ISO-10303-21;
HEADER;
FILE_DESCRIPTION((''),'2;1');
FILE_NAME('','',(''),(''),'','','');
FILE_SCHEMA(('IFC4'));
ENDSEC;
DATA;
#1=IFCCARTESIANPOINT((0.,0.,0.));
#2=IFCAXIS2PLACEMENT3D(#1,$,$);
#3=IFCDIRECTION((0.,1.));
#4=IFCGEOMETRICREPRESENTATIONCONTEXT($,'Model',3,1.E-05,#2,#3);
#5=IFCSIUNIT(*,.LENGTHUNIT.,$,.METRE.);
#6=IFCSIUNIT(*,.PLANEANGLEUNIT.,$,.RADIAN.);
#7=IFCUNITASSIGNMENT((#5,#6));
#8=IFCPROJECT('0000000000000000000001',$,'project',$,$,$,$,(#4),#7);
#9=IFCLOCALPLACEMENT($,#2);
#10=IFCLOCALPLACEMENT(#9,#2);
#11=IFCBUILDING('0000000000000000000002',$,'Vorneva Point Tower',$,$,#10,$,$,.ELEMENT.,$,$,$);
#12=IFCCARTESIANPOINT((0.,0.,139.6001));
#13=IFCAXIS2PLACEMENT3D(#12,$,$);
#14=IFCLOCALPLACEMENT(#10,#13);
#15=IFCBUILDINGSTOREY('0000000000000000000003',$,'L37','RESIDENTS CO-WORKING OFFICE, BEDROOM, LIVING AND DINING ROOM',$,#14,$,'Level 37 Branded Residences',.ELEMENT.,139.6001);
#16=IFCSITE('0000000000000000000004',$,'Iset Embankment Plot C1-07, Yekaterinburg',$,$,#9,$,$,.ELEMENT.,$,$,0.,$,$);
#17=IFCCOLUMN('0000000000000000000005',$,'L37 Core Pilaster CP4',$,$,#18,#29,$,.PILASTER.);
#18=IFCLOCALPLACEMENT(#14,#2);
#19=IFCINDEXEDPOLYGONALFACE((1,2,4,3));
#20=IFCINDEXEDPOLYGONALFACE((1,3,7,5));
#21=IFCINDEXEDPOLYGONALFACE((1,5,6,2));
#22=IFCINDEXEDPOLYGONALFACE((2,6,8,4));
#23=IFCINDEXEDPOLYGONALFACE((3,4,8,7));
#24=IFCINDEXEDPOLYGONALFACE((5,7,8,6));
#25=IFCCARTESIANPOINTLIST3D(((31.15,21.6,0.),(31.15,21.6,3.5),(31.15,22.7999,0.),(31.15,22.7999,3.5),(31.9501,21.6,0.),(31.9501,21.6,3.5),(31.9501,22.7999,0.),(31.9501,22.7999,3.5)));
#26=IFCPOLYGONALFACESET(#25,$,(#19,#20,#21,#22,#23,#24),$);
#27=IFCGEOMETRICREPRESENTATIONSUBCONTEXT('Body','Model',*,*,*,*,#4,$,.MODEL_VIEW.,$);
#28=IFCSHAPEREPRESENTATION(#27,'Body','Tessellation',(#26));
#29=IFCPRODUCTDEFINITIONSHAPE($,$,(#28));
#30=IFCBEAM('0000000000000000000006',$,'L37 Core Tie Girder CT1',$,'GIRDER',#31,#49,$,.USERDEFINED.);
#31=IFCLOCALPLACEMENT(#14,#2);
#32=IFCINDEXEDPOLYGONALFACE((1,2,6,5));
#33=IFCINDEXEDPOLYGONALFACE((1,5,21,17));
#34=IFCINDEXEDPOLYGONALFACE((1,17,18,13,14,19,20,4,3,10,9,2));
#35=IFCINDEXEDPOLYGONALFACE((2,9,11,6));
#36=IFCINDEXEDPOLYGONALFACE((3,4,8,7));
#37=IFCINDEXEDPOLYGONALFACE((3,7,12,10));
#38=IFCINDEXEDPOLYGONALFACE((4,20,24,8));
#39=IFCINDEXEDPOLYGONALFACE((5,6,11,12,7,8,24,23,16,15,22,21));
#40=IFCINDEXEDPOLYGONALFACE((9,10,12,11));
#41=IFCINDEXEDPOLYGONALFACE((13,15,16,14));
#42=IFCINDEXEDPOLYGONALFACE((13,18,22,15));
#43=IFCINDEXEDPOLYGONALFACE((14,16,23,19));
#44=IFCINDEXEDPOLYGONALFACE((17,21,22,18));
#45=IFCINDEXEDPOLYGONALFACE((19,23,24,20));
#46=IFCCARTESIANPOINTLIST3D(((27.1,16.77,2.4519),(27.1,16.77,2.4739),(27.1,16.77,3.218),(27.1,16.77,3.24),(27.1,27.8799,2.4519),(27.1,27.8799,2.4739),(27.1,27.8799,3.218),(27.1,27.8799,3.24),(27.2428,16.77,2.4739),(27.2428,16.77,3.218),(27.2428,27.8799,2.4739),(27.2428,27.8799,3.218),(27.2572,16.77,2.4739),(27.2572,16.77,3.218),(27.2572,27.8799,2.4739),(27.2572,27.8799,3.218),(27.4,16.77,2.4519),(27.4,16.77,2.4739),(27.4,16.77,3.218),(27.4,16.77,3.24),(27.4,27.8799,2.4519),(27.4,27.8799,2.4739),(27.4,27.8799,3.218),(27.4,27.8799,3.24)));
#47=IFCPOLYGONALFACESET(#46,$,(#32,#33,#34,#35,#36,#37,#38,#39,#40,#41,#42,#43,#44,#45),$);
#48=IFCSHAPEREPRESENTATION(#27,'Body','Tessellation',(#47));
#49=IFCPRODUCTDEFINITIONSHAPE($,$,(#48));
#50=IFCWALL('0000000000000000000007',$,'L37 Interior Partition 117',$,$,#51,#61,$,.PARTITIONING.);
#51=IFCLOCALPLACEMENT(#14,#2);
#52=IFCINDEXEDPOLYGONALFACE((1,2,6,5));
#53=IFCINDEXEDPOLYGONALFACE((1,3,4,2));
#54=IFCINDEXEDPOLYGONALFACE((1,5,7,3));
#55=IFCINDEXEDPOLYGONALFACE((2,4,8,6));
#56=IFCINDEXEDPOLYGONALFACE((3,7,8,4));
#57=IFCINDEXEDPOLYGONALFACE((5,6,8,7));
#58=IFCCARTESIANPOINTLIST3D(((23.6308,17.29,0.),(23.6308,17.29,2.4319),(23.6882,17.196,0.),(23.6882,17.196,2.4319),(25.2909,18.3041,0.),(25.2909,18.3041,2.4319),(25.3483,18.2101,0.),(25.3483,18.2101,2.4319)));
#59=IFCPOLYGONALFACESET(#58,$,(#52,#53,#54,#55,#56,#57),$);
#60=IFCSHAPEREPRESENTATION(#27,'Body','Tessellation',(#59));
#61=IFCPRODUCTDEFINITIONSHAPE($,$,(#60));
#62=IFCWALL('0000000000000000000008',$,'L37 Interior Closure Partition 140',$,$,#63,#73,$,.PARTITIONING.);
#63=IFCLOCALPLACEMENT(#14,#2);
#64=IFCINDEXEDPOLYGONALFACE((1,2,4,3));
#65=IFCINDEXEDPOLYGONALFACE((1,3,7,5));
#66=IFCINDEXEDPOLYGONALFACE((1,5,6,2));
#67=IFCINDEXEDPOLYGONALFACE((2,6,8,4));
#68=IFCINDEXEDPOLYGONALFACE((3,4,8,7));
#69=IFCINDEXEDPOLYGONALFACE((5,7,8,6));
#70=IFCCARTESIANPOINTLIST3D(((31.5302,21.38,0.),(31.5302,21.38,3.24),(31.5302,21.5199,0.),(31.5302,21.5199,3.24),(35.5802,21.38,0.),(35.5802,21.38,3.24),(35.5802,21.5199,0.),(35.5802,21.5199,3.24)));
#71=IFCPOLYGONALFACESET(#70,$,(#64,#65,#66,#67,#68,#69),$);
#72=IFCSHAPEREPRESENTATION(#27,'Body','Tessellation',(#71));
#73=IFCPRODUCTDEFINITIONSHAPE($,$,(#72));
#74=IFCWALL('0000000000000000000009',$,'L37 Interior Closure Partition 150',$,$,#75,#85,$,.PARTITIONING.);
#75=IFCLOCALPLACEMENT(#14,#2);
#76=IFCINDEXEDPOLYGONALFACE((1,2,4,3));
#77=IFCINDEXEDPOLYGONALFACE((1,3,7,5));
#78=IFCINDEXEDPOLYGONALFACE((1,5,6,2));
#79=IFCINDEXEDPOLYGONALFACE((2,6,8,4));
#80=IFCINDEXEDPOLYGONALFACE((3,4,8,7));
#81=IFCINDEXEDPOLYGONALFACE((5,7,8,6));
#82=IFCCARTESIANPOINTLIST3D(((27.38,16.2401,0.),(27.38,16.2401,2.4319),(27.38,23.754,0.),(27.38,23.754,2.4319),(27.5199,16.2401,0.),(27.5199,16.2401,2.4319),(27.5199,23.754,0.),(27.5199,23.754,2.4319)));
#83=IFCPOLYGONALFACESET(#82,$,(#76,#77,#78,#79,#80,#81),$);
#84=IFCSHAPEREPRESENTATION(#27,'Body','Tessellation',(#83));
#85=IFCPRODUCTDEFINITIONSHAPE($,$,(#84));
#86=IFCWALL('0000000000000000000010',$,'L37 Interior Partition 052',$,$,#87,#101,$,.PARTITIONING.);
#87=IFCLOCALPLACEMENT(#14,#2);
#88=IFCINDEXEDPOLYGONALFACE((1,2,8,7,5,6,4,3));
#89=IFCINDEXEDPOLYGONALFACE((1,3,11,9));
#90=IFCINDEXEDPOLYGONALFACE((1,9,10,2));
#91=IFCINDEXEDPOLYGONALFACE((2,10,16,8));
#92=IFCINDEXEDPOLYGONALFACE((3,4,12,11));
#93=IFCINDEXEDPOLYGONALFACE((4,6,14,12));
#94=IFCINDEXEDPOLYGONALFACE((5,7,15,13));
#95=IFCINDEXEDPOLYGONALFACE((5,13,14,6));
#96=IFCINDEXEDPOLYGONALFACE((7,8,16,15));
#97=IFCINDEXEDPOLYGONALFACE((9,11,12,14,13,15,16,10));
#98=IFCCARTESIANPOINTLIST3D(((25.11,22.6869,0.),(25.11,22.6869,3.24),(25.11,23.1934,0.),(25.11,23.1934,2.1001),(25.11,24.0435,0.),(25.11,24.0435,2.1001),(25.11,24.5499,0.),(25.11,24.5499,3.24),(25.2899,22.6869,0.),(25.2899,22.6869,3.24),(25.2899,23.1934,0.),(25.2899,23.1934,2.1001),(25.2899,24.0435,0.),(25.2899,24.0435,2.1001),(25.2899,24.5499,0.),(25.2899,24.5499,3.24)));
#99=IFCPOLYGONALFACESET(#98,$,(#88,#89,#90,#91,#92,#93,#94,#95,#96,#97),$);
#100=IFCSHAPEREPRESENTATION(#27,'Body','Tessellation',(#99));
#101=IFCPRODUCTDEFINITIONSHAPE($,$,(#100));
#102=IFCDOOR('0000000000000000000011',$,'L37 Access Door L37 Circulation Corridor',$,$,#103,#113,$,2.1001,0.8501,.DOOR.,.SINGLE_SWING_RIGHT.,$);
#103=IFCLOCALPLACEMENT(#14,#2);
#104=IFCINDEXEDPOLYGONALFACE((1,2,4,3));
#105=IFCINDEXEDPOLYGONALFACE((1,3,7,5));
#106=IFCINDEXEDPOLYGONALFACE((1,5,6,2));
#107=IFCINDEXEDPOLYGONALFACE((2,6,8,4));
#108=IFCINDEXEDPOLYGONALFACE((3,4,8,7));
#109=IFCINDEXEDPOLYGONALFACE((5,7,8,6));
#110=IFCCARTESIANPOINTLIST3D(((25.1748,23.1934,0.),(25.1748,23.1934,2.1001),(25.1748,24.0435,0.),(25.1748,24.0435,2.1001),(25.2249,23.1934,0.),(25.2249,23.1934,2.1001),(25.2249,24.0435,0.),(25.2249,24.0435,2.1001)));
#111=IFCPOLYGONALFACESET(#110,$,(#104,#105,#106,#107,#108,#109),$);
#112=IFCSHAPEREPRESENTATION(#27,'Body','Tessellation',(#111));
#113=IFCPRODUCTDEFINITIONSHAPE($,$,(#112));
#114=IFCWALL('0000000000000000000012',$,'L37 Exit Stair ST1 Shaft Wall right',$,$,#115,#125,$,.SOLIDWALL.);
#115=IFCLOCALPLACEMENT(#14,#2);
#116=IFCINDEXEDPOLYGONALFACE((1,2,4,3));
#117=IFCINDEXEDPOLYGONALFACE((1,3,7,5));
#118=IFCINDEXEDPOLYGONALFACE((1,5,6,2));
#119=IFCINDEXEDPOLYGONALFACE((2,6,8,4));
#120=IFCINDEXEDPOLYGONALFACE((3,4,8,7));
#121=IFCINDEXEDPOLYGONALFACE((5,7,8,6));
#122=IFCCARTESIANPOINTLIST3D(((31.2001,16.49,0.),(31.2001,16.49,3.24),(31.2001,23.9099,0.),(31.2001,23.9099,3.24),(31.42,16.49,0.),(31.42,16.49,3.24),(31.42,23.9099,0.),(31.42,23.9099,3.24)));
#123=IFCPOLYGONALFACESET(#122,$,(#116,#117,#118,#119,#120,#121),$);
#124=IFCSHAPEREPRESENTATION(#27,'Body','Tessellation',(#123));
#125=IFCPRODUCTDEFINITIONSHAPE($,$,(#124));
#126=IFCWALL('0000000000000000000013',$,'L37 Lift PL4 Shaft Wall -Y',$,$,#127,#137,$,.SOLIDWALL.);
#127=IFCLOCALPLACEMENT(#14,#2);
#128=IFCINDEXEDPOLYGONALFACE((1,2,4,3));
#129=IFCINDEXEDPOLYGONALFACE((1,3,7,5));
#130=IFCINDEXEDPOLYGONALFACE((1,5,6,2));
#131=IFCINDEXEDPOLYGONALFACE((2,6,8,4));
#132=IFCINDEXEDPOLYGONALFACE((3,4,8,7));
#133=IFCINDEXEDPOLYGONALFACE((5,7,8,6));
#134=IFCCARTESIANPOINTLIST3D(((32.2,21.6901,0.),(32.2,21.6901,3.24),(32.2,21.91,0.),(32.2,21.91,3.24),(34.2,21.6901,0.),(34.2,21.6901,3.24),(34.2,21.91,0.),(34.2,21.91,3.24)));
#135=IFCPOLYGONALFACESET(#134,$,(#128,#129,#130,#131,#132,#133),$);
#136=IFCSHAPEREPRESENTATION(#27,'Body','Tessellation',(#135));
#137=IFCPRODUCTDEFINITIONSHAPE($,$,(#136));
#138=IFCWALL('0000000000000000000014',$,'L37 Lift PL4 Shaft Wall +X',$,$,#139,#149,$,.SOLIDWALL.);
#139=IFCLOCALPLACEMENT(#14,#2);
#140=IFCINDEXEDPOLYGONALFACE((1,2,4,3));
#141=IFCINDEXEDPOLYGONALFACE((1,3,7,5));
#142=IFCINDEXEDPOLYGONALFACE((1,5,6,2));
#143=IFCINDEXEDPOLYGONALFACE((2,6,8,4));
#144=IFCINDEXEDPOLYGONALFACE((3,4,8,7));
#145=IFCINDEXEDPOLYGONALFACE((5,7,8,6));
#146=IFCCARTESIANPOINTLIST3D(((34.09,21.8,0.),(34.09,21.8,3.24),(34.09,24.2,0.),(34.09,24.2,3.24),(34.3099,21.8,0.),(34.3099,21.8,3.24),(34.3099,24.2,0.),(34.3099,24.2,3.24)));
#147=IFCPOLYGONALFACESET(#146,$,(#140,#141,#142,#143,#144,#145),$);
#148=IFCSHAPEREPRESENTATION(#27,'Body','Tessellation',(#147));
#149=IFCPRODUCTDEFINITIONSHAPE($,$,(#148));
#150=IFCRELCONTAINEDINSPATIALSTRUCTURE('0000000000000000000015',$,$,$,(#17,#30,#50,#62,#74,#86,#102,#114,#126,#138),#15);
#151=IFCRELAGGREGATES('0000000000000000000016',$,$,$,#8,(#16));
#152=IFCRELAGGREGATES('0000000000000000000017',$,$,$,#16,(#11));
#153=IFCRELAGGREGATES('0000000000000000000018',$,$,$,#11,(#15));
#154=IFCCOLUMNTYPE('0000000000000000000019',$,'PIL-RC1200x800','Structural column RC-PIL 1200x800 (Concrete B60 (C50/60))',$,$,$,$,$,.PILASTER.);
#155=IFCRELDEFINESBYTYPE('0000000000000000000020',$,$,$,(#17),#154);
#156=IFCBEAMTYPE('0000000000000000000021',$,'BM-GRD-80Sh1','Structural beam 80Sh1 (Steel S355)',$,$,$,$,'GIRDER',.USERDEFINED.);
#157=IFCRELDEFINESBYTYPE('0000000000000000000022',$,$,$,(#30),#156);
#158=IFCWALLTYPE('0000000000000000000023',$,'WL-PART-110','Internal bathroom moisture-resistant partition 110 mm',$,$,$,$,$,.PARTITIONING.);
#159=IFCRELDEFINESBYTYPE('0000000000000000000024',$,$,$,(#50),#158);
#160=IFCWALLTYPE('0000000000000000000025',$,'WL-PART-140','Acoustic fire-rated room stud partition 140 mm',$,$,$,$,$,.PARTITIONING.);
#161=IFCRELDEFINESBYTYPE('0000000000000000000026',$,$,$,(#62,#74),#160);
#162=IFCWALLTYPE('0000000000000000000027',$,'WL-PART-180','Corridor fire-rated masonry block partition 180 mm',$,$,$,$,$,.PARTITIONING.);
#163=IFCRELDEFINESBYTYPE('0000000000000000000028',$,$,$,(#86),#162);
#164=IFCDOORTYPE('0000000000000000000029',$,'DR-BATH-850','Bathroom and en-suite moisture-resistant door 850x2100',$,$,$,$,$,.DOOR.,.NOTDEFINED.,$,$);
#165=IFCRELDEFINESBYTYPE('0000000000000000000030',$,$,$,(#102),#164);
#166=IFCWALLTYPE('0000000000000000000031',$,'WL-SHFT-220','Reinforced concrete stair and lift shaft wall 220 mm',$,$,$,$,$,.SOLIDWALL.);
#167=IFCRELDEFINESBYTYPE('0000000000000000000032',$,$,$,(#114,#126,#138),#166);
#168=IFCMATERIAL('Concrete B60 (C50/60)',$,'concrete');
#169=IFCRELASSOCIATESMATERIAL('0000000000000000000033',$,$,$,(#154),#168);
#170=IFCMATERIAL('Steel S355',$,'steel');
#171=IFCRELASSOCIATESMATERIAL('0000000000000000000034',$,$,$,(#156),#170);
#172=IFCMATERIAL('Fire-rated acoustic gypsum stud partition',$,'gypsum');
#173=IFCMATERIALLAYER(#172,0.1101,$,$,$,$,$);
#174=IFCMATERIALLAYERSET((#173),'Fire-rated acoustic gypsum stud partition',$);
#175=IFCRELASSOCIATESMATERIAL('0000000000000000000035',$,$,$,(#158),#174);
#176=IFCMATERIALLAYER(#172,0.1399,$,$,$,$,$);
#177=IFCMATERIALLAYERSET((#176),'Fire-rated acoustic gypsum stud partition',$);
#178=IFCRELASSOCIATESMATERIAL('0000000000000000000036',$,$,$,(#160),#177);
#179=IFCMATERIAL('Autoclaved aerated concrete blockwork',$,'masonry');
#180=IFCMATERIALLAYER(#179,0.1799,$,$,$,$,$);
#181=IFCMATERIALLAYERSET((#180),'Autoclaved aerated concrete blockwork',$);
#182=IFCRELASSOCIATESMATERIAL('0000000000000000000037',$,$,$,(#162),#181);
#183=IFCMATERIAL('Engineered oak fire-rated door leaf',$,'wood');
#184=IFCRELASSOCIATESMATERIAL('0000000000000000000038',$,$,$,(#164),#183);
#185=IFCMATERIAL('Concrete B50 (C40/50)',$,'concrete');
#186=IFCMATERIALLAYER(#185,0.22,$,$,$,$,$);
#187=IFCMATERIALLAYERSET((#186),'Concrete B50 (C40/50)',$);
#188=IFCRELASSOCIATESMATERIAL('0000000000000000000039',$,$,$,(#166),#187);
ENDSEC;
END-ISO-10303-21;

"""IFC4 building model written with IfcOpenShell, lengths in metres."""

from ifc_helpers import new_model, si_unit, direction, frame, frame_2d, origin, origin_2d, place, context, subcontext, project, spatial, rectangle, i_section, extrude, material, layer, layer_set, material_profile, profile_set, type_object, element, fill, save


model = new_model("IFC4")

# Units and contexts
model_context = context("Model", 3, precision=1e-05, world=origin(), true_north=direction((0.0, 1.0)))
body_context = subcontext(model_context, "Body", "Model", "MODEL_VIEW")
ifc_project = project(units=[si_unit("LENGTHUNIT", "METRE"), si_unit("PLANEANGLEUNIT", "RADIAN")], contexts=[model_context])

# Site, building, storey
site_placement = place(None, origin())
site = spatial("IfcSite", under=ifc_project, at=site_placement, Name="Iset Embankment Plot C1-07, Yekaterinburg", CompositionType="ELEMENT", RefElevation=0.0)
building_placement = place(site_placement, origin())
building = spatial("IfcBuilding", under=site, at=building_placement, Name="Vorneva Point Tower", CompositionType="ELEMENT")
storey_placement = place(building_placement, frame((0.0, 0.0, 139.6001)))
storey = spatial("IfcBuildingStorey", under=building, at=storey_placement, Name="L37", Description="RESIDENTS CO-WORKING OFFICE, BEDROOM, LIVING AND DINING ROOM", LongName="Level 37 Branded Residences", CompositionType="ELEMENT", Elevation=139.6001)

# Column
ifc_material_1 = material(Name="Concrete B60 (C50/60)", Category="concrete")
ifc_material_profile_1 = material_profile(ifc_material_1, rectangle(XDim=0.8, YDim=1.2, at=origin_2d()), Name="RC-PIL 1200x800")
ifc_profile_set_1 = profile_set([ifc_material_profile_1], Name="Concrete B60 (C50/60)")
column_type = type_object("IfcColumnType", Name="PIL-RC1200x800", Description="Structural column RC-PIL 1200x800 (Concrete B60 (C50/60))", PredefinedType="PILASTER", material=ifc_profile_set_1)
column_placement = place(storey_placement, frame((31.55, 22.2, 0.0), z_axis=(0.0, 0.0, 1.0), x_axis=(1.0, 0.0, 0.0)))
element("IfcColumn", 1, at=column_placement, inside=storey, type_object=column_type, Name="L37 Core Pilaster CP4", PredefinedType="PILASTER", context=body_context, shape_type="SweptSolid", body=[
    extrude(rectangle(XDim=0.8, YDim=1.2, at=origin_2d()), origin(), (0.0, 0.0, 1.0), 3.5),
])

# Beam
ifc_material_2 = material(Name="Steel S355", Category="steel")
ifc_material_profile_2 = material_profile(ifc_material_2, i_section(OverallWidth=0.3, OverallDepth=0.7881, WebThickness=0.0144, FlangeThickness=0.022, at=origin_2d()), Name="80Sh1")
ifc_profile_set_2 = profile_set([ifc_material_profile_2], Name="Steel S355")
beam_type = type_object("IfcBeamType", Name="BM-GRD-80Sh1", Description="Structural beam 80Sh1 (Steel S355)", ElementType="GIRDER", PredefinedType="USERDEFINED", material=ifc_profile_set_2)
beam_placement = place(storey_placement, frame((27.25, 16.77, 2.8459), z_axis=(0.0, 1.0, 0.0), x_axis=(-1.0, 0.0, 0.0)))
element("IfcBeam", 2, at=beam_placement, inside=storey, type_object=beam_type, Name="L37 Core Tie Girder CT1", ObjectType="GIRDER", PredefinedType="USERDEFINED", context=body_context, shape_type="SweptSolid", body=[
    extrude(i_section(OverallWidth=0.3, OverallDepth=0.7881, WebThickness=0.0144, FlangeThickness=0.022, at=origin_2d()), origin(), (0.0, 0.0, 1.0), 11.1099),
])

# Walls
ifc_material_3 = material(Name="Fire-rated acoustic gypsum stud partition", Category="gypsum")
ifc_layer_1 = layer(ifc_material_3, 0.1101)
ifc_layer_set_1 = layer_set([ifc_layer_1], Name="Fire-rated acoustic gypsum stud partition")
wall_type_1 = type_object("IfcWallType", Name="WL-PART-110", Description="Internal bathroom moisture-resistant partition 110 mm", PredefinedType="PARTITIONING", material=ifc_layer_set_1)
wall_1_placement = place(storey_placement, frame((25.3196, 18.2571, 0.0), z_axis=(0.0, 0.0, 1.0), x_axis=(-0.853369, -0.521308, 0.0)))
element("IfcWall", 3, at=wall_1_placement, inside=storey, type_object=wall_type_1, Name="L37 Interior Partition 117", PredefinedType="PARTITIONING", context=body_context, shape_type="SweptSolid", body=[
    extrude(rectangle(XDim=1.9453, YDim=0.1101, at=frame_2d((0.9727, 0.0))), origin(), (0.0, 0.0, 1.0), 2.4319),
])
ifc_layer_2 = layer(ifc_material_3, 0.1399)
ifc_layer_set_2 = layer_set([ifc_layer_2], Name="Fire-rated acoustic gypsum stud partition")
wall_type_2 = type_object("IfcWallType", Name="WL-PART-140", Description="Acoustic fire-rated room stud partition 140 mm", PredefinedType="PARTITIONING", material=ifc_layer_set_2)
wall_2_placement = place(storey_placement, frame((35.5801, 21.45, 0.0), z_axis=(0.0, 0.0, 1.0), x_axis=(-1.0, 0.0, 0.0)))
element("IfcWall", 4, at=wall_2_placement, inside=storey, type_object=wall_type_2, Name="L37 Interior Closure Partition 140", PredefinedType="PARTITIONING", context=body_context, shape_type="SweptSolid", body=[
    extrude(rectangle(XDim=4.05, YDim=0.1399, at=frame_2d((2.0249, 0.0))), origin(), (0.0, 0.0, 1.0), 3.24),
])
wall_3_placement = place(storey_placement, frame((27.45, 23.7539, 0.0), z_axis=(0.0, 0.0, 1.0), x_axis=(0.0, -1.0, 0.0)))
element("IfcWall", 5, at=wall_3_placement, inside=storey, type_object=wall_type_2, Name="L37 Interior Closure Partition 150", PredefinedType="PARTITIONING", context=body_context, shape_type="SweptSolid", body=[
    extrude(rectangle(XDim=7.5139, YDim=0.1399, at=frame_2d((3.7568, 0.0))), origin(), (0.0, 0.0, 1.0), 2.4319),
])

# Wall, opening, door
ifc_material_4 = material(Name="Autoclaved aerated concrete blockwork", Category="masonry")
ifc_layer_3 = layer(ifc_material_4, 0.1799)
ifc_layer_set_3 = layer_set([ifc_layer_3], Name="Autoclaved aerated concrete blockwork")
wall_type_3 = type_object("IfcWallType", Name="WL-PART-180", Description="Corridor fire-rated masonry block partition 180 mm", PredefinedType="PARTITIONING", material=ifc_layer_set_3)
wall_4_placement = place(storey_placement, frame((25.2, 24.55, 0.0), z_axis=(0.0, 0.0, 1.0), x_axis=(0.0, -1.0, 0.0)))
wall_4 = element("IfcWall", 6, at=wall_4_placement, inside=storey, type_object=wall_type_3, Name="L37 Interior Partition 052", PredefinedType="PARTITIONING", context=body_context, shape_type="SweptSolid", body=[
    extrude(rectangle(XDim=1.863, YDim=0.1799, at=frame_2d((0.9316, 0.0))), origin(), (0.0, 0.0, 1.0), 3.24),
])
opening_1_placement = place(wall_4_placement, frame((0.5066, 0.0, 0.0)))
opening_1 = element("IfcOpeningElement", 7, at=opening_1_placement, cuts=wall_4, PredefinedType="OPENING", context=body_context, shape_type="SweptSolid", body=[
    extrude(rectangle(XDim=0.8501, YDim=2.1001, at=frame_2d((0.425, 1.05))), frame((0.0, 0.105, 0.0), z_axis=(0.0, -1.0, 0.0), x_axis=(1.0, 0.0, 0.0)), (0.0, 0.0, 1.0), 0.2097),
])
ifc_material_5 = material(Name="Engineered oak fire-rated door leaf", Category="wood")
door_type_1 = type_object("IfcDoorType", Name="DR-BATH-850", Description="Bathroom and en-suite moisture-resistant door 850x2100", OperationType="NOTDEFINED", PredefinedType="DOOR", material=ifc_material_5)
door_1_placement = place(opening_1_placement, origin())
door_1 = element("IfcDoor", 8, at=door_1_placement, inside=storey, type_object=door_type_1, Name="L37 Access Door L37 Circulation Corridor", OperationType="SINGLE_SWING_RIGHT", OverallHeight=2.1001, OverallWidth=0.8501, PredefinedType="DOOR", context=body_context, shape_type="SweptSolid", body=[
    extrude(rectangle(XDim=0.8501, YDim=2.1001, at=frame_2d((0.425, 1.05))), frame((0.0, 0.0249, 0.0), z_axis=(0.0, -1.0, 0.0), x_axis=(1.0, 0.0, 0.0)), (0.0, 0.0, 1.0), 0.05),
])
fill(opening_1, door_1)
ifc_material_6 = material(Name="Concrete B50 (C40/50)", Category="concrete")
ifc_layer_4 = layer(ifc_material_6, 0.22)
ifc_layer_set_4 = layer_set([ifc_layer_4], Name="Concrete B50 (C40/50)")
wall_type_4 = type_object("IfcWallType", Name="WL-SHFT-220", Description="Reinforced concrete stair and lift shaft wall 220 mm", PredefinedType="SOLIDWALL", material=ifc_layer_set_4)

# Walls
wall_5_placement = place(storey_placement, frame((31.3101, 23.9099, 0.0), z_axis=(0.0, 0.0, 1.0), x_axis=(0.0, -1.0, 0.0)))
element("IfcWall", 9, at=wall_5_placement, inside=storey, type_object=wall_type_4, Name="L37 Exit Stair ST1 Shaft Wall right", PredefinedType="SOLIDWALL", context=body_context, shape_type="SweptSolid", body=[
    extrude(rectangle(XDim=7.4199, YDim=0.22, at=frame_2d((3.71, 0.0))), origin(), (0.0, 0.0, 1.0), 3.24),
])
wall_6_placement = place(storey_placement, frame((32.2, 21.8, 0.0), z_axis=(0.0, 0.0, 1.0), x_axis=(1.0, 0.0, 0.0)))
element("IfcWall", 10, at=wall_6_placement, inside=storey, type_object=wall_type_4, Name="L37 Lift PL4 Shaft Wall -Y", PredefinedType="SOLIDWALL", context=body_context, shape_type="SweptSolid", body=[
    extrude(rectangle(XDim=2.0, YDim=0.22, at=frame_2d((1.0, 0.0))), origin(), (0.0, 0.0, 1.0), 3.24),
])
wall_7_placement = place(storey_placement, frame((34.2, 21.8, 0.0), z_axis=(0.0, 0.0, 1.0), x_axis=(0.0, 1.0, 0.0)))
element("IfcWall", 11, at=wall_7_placement, inside=storey, type_object=wall_type_4, Name="L37 Lift PL4 Shaft Wall +X", PredefinedType="SOLIDWALL", context=body_context, shape_type="SweptSolid", body=[
    extrude(rectangle(XDim=2.3999, YDim=0.22, at=frame_2d((1.2, 0.0))), origin(), (0.0, 0.0, 1.0), 3.24),
])

save(model, "model.ifc")
